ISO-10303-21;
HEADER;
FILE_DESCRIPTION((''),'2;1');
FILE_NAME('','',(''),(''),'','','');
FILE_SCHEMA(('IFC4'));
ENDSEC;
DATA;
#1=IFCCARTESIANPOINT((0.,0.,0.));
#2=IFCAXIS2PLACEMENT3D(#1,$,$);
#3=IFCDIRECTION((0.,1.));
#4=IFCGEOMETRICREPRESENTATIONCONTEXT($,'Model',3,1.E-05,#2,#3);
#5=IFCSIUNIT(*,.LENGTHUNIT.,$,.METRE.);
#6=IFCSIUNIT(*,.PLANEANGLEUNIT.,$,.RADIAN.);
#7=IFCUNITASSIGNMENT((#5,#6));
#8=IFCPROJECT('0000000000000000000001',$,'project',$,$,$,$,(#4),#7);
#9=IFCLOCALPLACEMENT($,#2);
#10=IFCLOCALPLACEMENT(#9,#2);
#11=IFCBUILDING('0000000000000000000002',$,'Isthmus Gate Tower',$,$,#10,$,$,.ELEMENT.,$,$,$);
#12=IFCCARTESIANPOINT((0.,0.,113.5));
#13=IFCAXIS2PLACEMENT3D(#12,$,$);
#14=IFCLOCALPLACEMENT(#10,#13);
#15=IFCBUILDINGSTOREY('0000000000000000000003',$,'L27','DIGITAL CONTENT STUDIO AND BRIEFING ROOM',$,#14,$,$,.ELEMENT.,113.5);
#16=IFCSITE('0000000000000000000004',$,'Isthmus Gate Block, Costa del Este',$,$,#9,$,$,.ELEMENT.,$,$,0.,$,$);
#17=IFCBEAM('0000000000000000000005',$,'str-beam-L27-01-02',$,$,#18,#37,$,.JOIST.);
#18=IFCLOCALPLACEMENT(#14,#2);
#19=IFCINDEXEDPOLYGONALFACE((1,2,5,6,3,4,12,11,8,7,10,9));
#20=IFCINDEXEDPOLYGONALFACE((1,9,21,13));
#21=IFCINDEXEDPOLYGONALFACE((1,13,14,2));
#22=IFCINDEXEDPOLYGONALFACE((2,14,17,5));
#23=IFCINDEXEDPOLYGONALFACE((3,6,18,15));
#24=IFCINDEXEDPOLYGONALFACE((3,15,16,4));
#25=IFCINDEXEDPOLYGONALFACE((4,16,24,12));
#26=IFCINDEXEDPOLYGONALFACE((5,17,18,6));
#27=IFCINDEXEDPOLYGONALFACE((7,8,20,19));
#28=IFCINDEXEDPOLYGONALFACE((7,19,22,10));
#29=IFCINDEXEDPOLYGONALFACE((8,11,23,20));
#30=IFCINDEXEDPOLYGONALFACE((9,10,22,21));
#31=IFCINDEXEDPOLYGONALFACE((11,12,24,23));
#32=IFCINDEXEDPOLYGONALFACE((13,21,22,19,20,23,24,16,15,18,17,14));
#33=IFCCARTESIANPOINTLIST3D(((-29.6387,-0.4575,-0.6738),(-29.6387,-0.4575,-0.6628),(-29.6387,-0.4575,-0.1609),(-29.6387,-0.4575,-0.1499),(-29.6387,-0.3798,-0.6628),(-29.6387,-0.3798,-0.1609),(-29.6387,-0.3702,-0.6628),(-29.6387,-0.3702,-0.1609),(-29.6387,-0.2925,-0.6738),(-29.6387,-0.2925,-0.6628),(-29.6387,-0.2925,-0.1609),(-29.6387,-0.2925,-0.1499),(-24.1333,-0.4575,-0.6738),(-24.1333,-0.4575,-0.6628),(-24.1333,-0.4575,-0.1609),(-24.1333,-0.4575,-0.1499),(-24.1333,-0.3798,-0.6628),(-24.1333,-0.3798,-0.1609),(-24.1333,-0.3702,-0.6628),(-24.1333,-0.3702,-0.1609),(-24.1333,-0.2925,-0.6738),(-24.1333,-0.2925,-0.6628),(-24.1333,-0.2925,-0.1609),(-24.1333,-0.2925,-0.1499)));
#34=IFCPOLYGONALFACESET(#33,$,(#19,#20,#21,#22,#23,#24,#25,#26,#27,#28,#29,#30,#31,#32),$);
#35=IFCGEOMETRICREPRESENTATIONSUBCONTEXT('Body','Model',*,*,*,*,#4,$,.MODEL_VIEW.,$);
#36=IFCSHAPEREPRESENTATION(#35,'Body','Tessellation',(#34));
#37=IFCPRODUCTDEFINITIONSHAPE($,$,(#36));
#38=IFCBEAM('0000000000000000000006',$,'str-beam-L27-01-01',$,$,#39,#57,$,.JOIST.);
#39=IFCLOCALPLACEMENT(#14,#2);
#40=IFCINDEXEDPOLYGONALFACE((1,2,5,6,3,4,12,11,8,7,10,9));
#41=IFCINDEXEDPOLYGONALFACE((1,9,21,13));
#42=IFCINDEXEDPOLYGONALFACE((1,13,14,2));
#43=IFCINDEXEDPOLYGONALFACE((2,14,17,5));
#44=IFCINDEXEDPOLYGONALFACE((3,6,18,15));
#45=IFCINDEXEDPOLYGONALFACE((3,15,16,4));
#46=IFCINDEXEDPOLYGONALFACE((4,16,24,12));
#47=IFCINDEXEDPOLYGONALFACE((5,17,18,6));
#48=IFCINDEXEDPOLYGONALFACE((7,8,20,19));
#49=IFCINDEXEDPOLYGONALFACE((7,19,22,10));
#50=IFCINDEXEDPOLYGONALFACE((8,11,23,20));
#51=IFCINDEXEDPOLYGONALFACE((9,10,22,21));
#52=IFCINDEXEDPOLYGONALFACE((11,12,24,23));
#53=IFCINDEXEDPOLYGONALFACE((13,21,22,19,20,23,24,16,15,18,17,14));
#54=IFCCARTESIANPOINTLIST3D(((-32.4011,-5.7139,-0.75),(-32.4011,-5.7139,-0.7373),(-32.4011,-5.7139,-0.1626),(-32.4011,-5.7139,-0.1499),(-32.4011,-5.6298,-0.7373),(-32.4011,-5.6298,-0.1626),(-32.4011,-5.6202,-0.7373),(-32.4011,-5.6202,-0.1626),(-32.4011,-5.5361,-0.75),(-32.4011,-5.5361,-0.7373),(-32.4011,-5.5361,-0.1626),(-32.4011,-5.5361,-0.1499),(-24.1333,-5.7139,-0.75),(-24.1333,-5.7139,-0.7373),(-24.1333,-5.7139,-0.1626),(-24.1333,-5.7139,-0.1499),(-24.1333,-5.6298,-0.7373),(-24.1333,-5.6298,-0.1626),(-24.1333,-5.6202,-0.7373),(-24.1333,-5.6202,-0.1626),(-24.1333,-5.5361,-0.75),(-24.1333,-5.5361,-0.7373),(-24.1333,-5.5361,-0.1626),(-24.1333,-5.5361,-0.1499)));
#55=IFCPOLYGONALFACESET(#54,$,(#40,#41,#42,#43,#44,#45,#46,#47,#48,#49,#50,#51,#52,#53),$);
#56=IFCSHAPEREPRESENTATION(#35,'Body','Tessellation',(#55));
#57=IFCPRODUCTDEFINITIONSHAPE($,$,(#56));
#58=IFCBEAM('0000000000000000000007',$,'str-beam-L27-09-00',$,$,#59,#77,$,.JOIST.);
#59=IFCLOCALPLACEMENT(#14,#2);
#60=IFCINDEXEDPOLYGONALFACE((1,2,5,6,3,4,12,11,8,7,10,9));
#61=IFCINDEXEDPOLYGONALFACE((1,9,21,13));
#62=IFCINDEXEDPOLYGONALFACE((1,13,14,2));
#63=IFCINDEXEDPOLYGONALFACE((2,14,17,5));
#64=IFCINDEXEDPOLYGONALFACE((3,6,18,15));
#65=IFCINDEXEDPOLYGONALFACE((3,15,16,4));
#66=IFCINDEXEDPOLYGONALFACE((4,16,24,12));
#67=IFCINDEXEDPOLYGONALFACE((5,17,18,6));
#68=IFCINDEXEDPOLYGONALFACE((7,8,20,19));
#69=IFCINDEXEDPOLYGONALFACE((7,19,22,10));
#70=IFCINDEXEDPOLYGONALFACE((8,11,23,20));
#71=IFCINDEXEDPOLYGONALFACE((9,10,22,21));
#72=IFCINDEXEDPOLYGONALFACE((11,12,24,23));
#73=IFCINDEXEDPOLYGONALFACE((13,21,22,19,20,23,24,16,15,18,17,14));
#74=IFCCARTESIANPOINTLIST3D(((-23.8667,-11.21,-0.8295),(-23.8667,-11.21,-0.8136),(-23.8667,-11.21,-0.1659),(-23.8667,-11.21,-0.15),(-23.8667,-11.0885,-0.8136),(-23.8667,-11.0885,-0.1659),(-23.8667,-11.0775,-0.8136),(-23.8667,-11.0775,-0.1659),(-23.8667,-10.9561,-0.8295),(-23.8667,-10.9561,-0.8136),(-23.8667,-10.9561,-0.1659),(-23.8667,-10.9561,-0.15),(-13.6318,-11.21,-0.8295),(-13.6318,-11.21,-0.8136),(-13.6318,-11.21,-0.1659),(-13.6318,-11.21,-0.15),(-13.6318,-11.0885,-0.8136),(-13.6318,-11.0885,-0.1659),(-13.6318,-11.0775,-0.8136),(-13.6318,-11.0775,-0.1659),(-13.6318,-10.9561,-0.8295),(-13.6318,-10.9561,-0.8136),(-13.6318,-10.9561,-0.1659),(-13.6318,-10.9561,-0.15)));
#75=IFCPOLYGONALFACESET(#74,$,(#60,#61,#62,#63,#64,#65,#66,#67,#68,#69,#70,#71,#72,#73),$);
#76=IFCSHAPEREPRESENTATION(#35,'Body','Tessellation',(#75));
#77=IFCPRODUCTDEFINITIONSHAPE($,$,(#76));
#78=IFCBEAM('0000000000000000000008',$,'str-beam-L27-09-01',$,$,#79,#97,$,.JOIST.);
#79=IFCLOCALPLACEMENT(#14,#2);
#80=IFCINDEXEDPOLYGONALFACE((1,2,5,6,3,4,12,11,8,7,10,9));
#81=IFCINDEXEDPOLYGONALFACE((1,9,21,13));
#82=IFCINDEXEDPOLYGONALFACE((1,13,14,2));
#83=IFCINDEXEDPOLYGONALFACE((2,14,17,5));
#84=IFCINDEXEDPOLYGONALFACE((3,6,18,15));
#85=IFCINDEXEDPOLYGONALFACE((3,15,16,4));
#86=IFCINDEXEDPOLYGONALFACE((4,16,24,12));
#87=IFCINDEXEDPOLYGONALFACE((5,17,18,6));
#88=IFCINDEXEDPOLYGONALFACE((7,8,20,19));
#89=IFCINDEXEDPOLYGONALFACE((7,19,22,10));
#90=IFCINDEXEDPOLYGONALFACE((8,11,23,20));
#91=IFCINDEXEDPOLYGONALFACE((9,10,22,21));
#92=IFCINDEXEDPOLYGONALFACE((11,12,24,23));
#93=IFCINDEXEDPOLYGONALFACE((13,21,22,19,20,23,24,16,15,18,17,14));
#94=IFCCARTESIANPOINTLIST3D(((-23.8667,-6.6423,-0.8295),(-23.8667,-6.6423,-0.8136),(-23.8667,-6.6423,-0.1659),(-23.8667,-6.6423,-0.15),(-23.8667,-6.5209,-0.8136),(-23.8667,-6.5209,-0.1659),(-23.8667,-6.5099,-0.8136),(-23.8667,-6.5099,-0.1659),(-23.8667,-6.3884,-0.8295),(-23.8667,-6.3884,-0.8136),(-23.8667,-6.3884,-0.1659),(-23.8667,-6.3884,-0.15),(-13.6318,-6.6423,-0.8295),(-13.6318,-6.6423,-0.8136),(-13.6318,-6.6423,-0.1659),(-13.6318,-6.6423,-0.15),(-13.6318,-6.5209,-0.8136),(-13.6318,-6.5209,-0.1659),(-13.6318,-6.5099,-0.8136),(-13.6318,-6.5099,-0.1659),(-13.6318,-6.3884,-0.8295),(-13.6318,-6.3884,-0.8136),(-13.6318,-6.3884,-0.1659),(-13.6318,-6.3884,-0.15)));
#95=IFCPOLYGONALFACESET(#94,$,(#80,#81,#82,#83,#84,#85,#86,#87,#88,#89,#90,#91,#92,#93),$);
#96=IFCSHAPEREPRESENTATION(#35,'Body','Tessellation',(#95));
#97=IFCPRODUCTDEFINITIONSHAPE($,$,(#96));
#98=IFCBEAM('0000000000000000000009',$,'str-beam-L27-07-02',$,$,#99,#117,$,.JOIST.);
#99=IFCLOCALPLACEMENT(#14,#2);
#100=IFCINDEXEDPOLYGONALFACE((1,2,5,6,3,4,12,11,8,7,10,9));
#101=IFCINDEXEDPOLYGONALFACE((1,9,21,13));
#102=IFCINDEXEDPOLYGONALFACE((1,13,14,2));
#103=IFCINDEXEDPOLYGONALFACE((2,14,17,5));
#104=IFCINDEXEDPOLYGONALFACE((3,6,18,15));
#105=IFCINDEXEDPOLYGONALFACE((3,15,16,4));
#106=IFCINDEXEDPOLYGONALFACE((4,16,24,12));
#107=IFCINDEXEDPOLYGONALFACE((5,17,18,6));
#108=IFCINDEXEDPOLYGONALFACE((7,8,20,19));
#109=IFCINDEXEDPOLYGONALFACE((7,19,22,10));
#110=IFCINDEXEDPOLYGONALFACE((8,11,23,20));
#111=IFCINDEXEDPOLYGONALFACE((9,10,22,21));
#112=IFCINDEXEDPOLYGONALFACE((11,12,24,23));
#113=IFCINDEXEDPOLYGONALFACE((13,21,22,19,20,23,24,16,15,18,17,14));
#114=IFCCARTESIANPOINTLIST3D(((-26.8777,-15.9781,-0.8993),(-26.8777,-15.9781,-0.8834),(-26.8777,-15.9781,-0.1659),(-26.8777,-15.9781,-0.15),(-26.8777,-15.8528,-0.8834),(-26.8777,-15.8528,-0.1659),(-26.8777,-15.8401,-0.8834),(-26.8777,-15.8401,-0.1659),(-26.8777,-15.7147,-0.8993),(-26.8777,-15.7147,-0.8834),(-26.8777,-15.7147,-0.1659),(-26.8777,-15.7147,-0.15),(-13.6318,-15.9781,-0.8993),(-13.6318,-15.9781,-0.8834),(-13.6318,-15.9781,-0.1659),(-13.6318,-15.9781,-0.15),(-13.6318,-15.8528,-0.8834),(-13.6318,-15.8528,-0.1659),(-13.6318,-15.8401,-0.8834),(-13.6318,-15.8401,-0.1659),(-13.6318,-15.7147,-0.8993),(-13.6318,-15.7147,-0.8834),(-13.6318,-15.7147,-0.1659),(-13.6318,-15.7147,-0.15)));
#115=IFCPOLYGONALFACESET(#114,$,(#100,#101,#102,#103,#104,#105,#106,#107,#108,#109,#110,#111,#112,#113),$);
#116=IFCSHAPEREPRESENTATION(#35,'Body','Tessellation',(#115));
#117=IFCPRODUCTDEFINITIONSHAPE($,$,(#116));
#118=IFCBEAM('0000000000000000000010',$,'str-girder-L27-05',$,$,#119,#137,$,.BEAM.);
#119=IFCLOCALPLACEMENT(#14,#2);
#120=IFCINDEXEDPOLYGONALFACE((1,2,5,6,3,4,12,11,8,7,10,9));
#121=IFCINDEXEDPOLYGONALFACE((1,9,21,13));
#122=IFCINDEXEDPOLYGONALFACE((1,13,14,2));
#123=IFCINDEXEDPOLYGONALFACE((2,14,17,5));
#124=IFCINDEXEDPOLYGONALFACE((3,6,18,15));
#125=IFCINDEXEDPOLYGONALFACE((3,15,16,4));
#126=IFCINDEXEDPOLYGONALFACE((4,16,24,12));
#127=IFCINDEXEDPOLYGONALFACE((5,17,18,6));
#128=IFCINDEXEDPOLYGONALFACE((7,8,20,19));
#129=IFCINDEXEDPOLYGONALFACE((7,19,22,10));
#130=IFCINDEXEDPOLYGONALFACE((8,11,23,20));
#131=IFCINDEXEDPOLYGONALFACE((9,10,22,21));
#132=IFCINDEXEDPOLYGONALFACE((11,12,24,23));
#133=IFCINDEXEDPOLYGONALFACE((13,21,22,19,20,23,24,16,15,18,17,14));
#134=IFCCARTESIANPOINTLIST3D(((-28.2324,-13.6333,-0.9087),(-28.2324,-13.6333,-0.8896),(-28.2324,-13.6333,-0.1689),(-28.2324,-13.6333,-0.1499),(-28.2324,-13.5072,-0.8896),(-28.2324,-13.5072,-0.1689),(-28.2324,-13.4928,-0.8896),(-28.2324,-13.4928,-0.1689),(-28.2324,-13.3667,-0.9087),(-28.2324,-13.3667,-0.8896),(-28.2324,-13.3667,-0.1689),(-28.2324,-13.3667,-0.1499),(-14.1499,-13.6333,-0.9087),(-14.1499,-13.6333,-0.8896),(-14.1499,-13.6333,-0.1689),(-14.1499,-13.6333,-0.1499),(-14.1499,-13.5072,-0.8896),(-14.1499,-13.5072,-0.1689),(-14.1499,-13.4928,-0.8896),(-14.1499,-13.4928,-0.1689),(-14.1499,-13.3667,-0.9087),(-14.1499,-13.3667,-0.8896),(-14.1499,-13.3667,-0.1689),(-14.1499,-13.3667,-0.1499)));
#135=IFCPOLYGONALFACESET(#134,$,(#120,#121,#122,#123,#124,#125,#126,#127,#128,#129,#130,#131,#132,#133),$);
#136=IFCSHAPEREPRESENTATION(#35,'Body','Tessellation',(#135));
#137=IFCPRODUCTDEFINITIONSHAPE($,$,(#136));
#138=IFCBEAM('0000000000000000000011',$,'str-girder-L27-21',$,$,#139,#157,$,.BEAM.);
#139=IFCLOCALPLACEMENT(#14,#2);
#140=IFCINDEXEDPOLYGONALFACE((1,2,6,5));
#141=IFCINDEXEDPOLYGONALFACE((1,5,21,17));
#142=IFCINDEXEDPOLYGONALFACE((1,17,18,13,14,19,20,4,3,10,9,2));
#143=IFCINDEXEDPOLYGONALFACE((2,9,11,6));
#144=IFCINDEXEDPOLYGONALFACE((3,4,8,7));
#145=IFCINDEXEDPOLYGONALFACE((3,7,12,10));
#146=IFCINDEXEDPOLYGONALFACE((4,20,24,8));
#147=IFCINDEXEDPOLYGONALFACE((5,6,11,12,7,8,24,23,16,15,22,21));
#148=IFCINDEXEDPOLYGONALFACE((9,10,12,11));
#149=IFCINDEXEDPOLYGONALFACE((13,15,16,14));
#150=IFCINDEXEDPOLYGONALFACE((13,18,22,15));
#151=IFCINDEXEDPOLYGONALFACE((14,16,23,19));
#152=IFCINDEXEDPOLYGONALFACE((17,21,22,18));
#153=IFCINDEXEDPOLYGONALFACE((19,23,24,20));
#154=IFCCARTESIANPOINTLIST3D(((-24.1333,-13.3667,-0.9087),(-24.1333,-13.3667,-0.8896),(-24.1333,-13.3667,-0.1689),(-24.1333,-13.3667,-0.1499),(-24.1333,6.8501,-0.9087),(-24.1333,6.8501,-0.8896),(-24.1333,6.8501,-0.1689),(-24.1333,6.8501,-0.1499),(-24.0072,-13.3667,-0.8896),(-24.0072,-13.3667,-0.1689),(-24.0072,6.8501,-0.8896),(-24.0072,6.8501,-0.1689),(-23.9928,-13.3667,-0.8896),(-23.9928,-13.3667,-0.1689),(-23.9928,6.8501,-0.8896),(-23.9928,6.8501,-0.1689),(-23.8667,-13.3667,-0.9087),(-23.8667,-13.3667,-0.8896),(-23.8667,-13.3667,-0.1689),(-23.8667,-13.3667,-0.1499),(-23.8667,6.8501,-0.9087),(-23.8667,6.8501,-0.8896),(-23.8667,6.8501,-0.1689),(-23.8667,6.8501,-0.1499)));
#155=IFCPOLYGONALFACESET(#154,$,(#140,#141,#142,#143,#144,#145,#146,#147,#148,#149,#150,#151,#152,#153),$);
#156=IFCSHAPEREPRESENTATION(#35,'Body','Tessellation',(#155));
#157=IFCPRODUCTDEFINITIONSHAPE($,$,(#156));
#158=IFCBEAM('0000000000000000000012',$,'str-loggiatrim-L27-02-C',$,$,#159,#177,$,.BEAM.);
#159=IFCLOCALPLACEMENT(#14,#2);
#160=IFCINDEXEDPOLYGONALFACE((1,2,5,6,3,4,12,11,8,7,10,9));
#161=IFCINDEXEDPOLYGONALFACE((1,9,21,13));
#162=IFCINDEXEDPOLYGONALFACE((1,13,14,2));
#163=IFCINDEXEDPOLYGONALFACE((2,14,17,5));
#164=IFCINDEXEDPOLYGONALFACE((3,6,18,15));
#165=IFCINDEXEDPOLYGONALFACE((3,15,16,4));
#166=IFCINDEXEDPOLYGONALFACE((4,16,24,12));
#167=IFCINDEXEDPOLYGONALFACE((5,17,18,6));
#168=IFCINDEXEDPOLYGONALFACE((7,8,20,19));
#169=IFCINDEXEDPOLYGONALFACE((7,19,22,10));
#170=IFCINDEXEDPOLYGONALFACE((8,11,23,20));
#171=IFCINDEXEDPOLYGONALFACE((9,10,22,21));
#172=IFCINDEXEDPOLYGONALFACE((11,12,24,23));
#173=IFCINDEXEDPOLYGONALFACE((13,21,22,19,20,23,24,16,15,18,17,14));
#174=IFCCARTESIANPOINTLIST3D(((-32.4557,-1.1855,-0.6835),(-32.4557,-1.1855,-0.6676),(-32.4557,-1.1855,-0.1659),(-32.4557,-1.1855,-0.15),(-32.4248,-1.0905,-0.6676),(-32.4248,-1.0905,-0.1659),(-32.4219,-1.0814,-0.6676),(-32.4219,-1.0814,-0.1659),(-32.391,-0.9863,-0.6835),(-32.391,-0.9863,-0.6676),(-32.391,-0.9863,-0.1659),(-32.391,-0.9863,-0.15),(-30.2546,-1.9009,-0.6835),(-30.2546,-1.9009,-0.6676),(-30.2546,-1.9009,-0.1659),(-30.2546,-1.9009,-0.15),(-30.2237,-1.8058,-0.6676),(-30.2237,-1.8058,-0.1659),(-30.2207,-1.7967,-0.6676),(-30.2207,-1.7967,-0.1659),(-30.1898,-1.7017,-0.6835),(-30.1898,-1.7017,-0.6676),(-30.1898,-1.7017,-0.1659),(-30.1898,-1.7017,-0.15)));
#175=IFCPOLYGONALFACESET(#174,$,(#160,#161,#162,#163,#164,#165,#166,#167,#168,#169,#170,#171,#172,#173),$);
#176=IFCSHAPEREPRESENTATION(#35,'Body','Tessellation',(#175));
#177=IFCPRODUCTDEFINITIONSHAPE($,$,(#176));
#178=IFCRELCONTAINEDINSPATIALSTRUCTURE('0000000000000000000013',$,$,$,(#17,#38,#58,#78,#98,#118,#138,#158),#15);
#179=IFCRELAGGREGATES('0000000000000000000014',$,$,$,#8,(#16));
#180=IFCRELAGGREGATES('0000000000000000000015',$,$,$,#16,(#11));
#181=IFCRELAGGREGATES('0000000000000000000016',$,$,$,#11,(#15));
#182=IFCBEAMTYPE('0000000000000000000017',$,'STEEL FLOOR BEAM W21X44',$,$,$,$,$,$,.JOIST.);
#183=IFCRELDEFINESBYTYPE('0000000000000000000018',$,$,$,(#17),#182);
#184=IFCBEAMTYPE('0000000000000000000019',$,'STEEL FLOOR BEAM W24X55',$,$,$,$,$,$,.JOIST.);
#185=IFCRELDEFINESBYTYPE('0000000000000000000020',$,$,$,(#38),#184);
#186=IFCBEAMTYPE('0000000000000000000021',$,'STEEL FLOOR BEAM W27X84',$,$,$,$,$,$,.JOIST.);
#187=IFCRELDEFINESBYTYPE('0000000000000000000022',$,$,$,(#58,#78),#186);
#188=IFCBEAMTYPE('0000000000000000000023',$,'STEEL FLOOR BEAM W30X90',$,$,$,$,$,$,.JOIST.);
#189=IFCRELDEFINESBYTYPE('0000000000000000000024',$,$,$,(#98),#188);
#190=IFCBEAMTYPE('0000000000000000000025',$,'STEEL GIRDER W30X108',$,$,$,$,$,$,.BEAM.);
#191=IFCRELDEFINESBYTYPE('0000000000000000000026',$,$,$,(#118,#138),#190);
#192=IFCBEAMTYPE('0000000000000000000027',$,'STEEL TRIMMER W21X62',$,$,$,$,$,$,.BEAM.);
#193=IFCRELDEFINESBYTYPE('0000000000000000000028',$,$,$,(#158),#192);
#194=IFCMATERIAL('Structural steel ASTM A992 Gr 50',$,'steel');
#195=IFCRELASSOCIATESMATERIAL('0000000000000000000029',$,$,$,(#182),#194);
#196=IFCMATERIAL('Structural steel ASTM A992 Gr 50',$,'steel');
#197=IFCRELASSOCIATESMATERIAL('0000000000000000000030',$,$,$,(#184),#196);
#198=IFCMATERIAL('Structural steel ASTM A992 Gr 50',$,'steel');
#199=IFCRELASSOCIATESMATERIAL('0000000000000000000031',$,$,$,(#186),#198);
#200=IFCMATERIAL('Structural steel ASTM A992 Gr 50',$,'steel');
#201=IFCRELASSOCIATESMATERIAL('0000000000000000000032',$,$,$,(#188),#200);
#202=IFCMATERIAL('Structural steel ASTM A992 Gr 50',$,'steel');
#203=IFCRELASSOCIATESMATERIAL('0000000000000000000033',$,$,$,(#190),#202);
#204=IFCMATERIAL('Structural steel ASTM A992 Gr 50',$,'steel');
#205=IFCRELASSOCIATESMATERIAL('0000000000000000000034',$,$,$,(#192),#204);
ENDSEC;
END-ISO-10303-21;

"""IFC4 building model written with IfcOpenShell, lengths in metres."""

from ifc_helpers import new_model, si_unit, direction, frame, origin, origin_2d, place, context, subcontext, project, spatial, i_section, extrude, material, material_profile, profile_set, type_object, element, save


model = new_model("IFC4")

# Units and contexts
model_context = context("Model", 3, precision=1e-05, world=origin(), true_north=direction((0.0, 1.0)))
body_context = subcontext(model_context, "Body", "Model", "MODEL_VIEW")
ifc_project = project(units=[si_unit("LENGTHUNIT", "METRE"), si_unit("PLANEANGLEUNIT", "RADIAN")], contexts=[model_context])

# Site, building, storey
site_placement = place(None, origin())
site = spatial("IfcSite", under=ifc_project, at=site_placement, Name="Isthmus Gate Block, Costa del Este", CompositionType="ELEMENT", RefElevation=0.0)
building_placement = place(site_placement, origin())
building = spatial("IfcBuilding", under=site, at=building_placement, Name="Isthmus Gate Tower", CompositionType="ELEMENT")
storey_placement = place(building_placement, frame((0.0, 0.0, 113.5)))
storey = spatial("IfcBuildingStorey", under=building, at=storey_placement, Name="L27", Description="DIGITAL CONTENT STUDIO AND BRIEFING ROOM", CompositionType="ELEMENT", Elevation=113.5)

# Beams
ifc_material_1 = material(Name="Structural steel ASTM A992 Gr 50", Category="steel")
ifc_material_profile_1 = material_profile(ifc_material_1, i_section(OverallWidth=0.165, OverallDepth=0.5239, WebThickness=0.0095, FlangeThickness=0.011, at=origin_2d()), Name="W21X44")
ifc_profile_set_1 = profile_set([ifc_material_profile_1], Name="Structural steel ASTM A992 Gr 50")
beam_type_1 = type_object("IfcBeamType", Name="STEEL FLOOR BEAM W21X44", PredefinedType="JOIST", material=ifc_profile_set_1)
beam_1_placement = place(storey_placement, frame((-29.6387, -0.375, -0.4119), z_axis=(1.0, 0.0, 0.0), x_axis=(0.0, 1.0, 0.0)))
element("IfcBeam", 1, at=beam_1_placement, inside=storey, type_object=beam_type_1, Name="str-beam-L27-01-02", PredefinedType="JOIST", context=body_context, shape_type="SweptSolid", body=[
    extrude(i_section(OverallWidth=0.165, OverallDepth=0.5239, WebThickness=0.0095, FlangeThickness=0.011, at=origin_2d()), origin(), (0.0, 0.0, 1.0), 5.5054),
])
ifc_material_2 = material(Name="Structural steel ASTM A992 Gr 50", Category="steel")
ifc_material_profile_2 = material_profile(ifc_material_2, i_section(OverallWidth=0.1777, OverallDepth=0.6001, WebThickness=0.0095, FlangeThickness=0.0127, at=origin_2d()), Name="W24X55")
ifc_profile_set_2 = profile_set([ifc_material_profile_2], Name="Structural steel ASTM A992 Gr 50")
beam_type_2 = type_object("IfcBeamType", Name="STEEL FLOOR BEAM W24X55", PredefinedType="JOIST", material=ifc_profile_set_2)
beam_2_placement = place(storey_placement, frame((-32.4011, -5.625, -0.45), z_axis=(1.0, 0.0, 0.0), x_axis=(0.0, 1.0, 0.0)))
element("IfcBeam", 2, at=beam_2_placement, inside=storey, type_object=beam_type_2, Name="str-beam-L27-01-01", PredefinedType="JOIST", context=body_context, shape_type="SweptSolid", body=[
    extrude(i_section(OverallWidth=0.1777, OverallDepth=0.6001, WebThickness=0.0095, FlangeThickness=0.0127, at=origin_2d()), origin(), (0.0, 0.0, 1.0), 8.2678),
])
ifc_material_3 = material(Name="Structural steel ASTM A992 Gr 50", Category="steel")
ifc_material_profile_3 = material_profile(ifc_material_3, i_section(OverallWidth=0.2539, OverallDepth=0.6794, WebThickness=0.011, FlangeThickness=0.0159, at=origin_2d()), Name="W27X84")
ifc_profile_set_3 = profile_set([ifc_material_profile_3], Name="Structural steel ASTM A992 Gr 50")
beam_type_3 = type_object("IfcBeamType", Name="STEEL FLOOR BEAM W27X84", PredefinedType="JOIST", material=ifc_profile_set_3)
for number, where, z_axis, x_axis, name in (
    (3, (-23.8667, -11.083, -0.4897), (1.0, 0.0, 0.0), (0.0, 1.0, 0.0), "str-beam-L27-09-00"),
    (4, (-23.8667, -6.5154, -0.4897), (1.0, 0.0, 0.0), (0.0, 1.0, 0.0), "str-beam-L27-09-01"),
):
    element("IfcBeam", number, at=place(storey_placement, frame(where, z_axis=z_axis, x_axis=x_axis)), inside=storey, type_object=beam_type_3, Name=name, PredefinedType="JOIST", context=body_context, shape_type="SweptSolid", body=[
        extrude(i_section(OverallWidth=0.2539, OverallDepth=0.6794, WebThickness=0.011, FlangeThickness=0.0159, at=origin_2d()), origin(), (0.0, 0.0, 1.0), 10.2349),
    ])
ifc_material_4 = material(Name="Structural steel ASTM A992 Gr 50", Category="steel")
ifc_material_profile_4 = material_profile(ifc_material_4, i_section(OverallWidth=0.2634, OverallDepth=0.7493, WebThickness=0.0127, FlangeThickness=0.0159, at=origin_2d()), Name="W30X90")
ifc_profile_set_4 = profile_set([ifc_material_profile_4], Name="Structural steel ASTM A992 Gr 50")
beam_type_4 = type_object("IfcBeamType", Name="STEEL FLOOR BEAM W30X90", PredefinedType="JOIST", material=ifc_profile_set_4)
beam_3_placement = place(storey_placement, frame((-26.8777, -15.8464, -0.5247), z_axis=(1.0, 0.0, 0.0), x_axis=(0.0, 1.0, 0.0)))
element("IfcBeam", 5, at=beam_3_placement, inside=storey, type_object=beam_type_4, Name="str-beam-L27-07-02", PredefinedType="JOIST", context=body_context, shape_type="SweptSolid", body=[
    extrude(i_section(OverallWidth=0.2634, OverallDepth=0.7493, WebThickness=0.0127, FlangeThickness=0.0159, at=origin_2d()), origin(), (0.0, 0.0, 1.0), 13.2458),
])
ifc_material_5 = material(Name="Structural steel ASTM A992 Gr 50", Category="steel")
ifc_material_profile_5 = material_profile(ifc_material_5, i_section(OverallWidth=0.2666, OverallDepth=0.7588, WebThickness=0.0144, FlangeThickness=0.019, at=origin_2d()), Name="W30X108")
ifc_profile_set_5 = profile_set([ifc_material_profile_5], Name="Structural steel ASTM A992 Gr 50")
beam_type_5 = type_object("IfcBeamType", Name="STEEL GIRDER W30X108", PredefinedType="BEAM", material=ifc_profile_set_5)
beam_4_placement = place(storey_placement, frame((-28.2324, -13.5, -0.5293), z_axis=(1.0, 0.0, 0.0), x_axis=(0.0, 1.0, 0.0)))
element("IfcBeam", 6, at=beam_4_placement, inside=storey, type_object=beam_type_5, Name="str-girder-L27-05", PredefinedType="BEAM", context=body_context, shape_type="SweptSolid", body=[
    extrude(i_section(OverallWidth=0.2666, OverallDepth=0.7588, WebThickness=0.0144, FlangeThickness=0.019, at=origin_2d()), origin(), (0.0, 0.0, 1.0), 14.0825),
])
beam_5_placement = place(storey_placement, frame((-24.0, -13.3667, -0.5293), z_axis=(0.0, 1.0, 0.0), x_axis=(-1.0, 0.0, 0.0)))
element("IfcBeam", 7, at=beam_5_placement, inside=storey, type_object=beam_type_5, Name="str-girder-L27-21", PredefinedType="BEAM", context=body_context, shape_type="SweptSolid", body=[
    extrude(i_section(OverallWidth=0.2666, OverallDepth=0.7588, WebThickness=0.0144, FlangeThickness=0.019, at=origin_2d()), origin(), (0.0, 0.0, 1.0), 20.2168),
])
ifc_material_6 = material(Name="Structural steel ASTM A992 Gr 50", Category="steel")
ifc_material_profile_6 = material_profile(ifc_material_6, i_section(OverallWidth=0.2095, OverallDepth=0.5334, WebThickness=0.0095, FlangeThickness=0.0159, at=origin_2d()), Name="W21X62")
ifc_profile_set_6 = profile_set([ifc_material_profile_6], Name="Structural steel ASTM A992 Gr 50")
beam_type_6 = type_object("IfcBeamType", Name="STEEL TRIMMER W21X62", PredefinedType="BEAM", material=ifc_profile_set_6)
beam_6_placement = place(storey_placement, frame((-32.4233, -1.0859, -0.4167), z_axis=(0.95104, -0.309067, 0.0), x_axis=(0.309067, 0.95104, 0.0)))
element("IfcBeam", 8, at=beam_6_placement, inside=storey, type_object=beam_type_6, Name="str-loggiatrim-L27-02-C", PredefinedType="BEAM", context=body_context, shape_type="SweptSolid", body=[
    extrude(i_section(OverallWidth=0.2095, OverallDepth=0.5334, WebThickness=0.0095, FlangeThickness=0.0159, at=origin_2d()), origin(), (0.0, 0.0, 1.0), 2.3145),
])

save(model, "model.ifc")
